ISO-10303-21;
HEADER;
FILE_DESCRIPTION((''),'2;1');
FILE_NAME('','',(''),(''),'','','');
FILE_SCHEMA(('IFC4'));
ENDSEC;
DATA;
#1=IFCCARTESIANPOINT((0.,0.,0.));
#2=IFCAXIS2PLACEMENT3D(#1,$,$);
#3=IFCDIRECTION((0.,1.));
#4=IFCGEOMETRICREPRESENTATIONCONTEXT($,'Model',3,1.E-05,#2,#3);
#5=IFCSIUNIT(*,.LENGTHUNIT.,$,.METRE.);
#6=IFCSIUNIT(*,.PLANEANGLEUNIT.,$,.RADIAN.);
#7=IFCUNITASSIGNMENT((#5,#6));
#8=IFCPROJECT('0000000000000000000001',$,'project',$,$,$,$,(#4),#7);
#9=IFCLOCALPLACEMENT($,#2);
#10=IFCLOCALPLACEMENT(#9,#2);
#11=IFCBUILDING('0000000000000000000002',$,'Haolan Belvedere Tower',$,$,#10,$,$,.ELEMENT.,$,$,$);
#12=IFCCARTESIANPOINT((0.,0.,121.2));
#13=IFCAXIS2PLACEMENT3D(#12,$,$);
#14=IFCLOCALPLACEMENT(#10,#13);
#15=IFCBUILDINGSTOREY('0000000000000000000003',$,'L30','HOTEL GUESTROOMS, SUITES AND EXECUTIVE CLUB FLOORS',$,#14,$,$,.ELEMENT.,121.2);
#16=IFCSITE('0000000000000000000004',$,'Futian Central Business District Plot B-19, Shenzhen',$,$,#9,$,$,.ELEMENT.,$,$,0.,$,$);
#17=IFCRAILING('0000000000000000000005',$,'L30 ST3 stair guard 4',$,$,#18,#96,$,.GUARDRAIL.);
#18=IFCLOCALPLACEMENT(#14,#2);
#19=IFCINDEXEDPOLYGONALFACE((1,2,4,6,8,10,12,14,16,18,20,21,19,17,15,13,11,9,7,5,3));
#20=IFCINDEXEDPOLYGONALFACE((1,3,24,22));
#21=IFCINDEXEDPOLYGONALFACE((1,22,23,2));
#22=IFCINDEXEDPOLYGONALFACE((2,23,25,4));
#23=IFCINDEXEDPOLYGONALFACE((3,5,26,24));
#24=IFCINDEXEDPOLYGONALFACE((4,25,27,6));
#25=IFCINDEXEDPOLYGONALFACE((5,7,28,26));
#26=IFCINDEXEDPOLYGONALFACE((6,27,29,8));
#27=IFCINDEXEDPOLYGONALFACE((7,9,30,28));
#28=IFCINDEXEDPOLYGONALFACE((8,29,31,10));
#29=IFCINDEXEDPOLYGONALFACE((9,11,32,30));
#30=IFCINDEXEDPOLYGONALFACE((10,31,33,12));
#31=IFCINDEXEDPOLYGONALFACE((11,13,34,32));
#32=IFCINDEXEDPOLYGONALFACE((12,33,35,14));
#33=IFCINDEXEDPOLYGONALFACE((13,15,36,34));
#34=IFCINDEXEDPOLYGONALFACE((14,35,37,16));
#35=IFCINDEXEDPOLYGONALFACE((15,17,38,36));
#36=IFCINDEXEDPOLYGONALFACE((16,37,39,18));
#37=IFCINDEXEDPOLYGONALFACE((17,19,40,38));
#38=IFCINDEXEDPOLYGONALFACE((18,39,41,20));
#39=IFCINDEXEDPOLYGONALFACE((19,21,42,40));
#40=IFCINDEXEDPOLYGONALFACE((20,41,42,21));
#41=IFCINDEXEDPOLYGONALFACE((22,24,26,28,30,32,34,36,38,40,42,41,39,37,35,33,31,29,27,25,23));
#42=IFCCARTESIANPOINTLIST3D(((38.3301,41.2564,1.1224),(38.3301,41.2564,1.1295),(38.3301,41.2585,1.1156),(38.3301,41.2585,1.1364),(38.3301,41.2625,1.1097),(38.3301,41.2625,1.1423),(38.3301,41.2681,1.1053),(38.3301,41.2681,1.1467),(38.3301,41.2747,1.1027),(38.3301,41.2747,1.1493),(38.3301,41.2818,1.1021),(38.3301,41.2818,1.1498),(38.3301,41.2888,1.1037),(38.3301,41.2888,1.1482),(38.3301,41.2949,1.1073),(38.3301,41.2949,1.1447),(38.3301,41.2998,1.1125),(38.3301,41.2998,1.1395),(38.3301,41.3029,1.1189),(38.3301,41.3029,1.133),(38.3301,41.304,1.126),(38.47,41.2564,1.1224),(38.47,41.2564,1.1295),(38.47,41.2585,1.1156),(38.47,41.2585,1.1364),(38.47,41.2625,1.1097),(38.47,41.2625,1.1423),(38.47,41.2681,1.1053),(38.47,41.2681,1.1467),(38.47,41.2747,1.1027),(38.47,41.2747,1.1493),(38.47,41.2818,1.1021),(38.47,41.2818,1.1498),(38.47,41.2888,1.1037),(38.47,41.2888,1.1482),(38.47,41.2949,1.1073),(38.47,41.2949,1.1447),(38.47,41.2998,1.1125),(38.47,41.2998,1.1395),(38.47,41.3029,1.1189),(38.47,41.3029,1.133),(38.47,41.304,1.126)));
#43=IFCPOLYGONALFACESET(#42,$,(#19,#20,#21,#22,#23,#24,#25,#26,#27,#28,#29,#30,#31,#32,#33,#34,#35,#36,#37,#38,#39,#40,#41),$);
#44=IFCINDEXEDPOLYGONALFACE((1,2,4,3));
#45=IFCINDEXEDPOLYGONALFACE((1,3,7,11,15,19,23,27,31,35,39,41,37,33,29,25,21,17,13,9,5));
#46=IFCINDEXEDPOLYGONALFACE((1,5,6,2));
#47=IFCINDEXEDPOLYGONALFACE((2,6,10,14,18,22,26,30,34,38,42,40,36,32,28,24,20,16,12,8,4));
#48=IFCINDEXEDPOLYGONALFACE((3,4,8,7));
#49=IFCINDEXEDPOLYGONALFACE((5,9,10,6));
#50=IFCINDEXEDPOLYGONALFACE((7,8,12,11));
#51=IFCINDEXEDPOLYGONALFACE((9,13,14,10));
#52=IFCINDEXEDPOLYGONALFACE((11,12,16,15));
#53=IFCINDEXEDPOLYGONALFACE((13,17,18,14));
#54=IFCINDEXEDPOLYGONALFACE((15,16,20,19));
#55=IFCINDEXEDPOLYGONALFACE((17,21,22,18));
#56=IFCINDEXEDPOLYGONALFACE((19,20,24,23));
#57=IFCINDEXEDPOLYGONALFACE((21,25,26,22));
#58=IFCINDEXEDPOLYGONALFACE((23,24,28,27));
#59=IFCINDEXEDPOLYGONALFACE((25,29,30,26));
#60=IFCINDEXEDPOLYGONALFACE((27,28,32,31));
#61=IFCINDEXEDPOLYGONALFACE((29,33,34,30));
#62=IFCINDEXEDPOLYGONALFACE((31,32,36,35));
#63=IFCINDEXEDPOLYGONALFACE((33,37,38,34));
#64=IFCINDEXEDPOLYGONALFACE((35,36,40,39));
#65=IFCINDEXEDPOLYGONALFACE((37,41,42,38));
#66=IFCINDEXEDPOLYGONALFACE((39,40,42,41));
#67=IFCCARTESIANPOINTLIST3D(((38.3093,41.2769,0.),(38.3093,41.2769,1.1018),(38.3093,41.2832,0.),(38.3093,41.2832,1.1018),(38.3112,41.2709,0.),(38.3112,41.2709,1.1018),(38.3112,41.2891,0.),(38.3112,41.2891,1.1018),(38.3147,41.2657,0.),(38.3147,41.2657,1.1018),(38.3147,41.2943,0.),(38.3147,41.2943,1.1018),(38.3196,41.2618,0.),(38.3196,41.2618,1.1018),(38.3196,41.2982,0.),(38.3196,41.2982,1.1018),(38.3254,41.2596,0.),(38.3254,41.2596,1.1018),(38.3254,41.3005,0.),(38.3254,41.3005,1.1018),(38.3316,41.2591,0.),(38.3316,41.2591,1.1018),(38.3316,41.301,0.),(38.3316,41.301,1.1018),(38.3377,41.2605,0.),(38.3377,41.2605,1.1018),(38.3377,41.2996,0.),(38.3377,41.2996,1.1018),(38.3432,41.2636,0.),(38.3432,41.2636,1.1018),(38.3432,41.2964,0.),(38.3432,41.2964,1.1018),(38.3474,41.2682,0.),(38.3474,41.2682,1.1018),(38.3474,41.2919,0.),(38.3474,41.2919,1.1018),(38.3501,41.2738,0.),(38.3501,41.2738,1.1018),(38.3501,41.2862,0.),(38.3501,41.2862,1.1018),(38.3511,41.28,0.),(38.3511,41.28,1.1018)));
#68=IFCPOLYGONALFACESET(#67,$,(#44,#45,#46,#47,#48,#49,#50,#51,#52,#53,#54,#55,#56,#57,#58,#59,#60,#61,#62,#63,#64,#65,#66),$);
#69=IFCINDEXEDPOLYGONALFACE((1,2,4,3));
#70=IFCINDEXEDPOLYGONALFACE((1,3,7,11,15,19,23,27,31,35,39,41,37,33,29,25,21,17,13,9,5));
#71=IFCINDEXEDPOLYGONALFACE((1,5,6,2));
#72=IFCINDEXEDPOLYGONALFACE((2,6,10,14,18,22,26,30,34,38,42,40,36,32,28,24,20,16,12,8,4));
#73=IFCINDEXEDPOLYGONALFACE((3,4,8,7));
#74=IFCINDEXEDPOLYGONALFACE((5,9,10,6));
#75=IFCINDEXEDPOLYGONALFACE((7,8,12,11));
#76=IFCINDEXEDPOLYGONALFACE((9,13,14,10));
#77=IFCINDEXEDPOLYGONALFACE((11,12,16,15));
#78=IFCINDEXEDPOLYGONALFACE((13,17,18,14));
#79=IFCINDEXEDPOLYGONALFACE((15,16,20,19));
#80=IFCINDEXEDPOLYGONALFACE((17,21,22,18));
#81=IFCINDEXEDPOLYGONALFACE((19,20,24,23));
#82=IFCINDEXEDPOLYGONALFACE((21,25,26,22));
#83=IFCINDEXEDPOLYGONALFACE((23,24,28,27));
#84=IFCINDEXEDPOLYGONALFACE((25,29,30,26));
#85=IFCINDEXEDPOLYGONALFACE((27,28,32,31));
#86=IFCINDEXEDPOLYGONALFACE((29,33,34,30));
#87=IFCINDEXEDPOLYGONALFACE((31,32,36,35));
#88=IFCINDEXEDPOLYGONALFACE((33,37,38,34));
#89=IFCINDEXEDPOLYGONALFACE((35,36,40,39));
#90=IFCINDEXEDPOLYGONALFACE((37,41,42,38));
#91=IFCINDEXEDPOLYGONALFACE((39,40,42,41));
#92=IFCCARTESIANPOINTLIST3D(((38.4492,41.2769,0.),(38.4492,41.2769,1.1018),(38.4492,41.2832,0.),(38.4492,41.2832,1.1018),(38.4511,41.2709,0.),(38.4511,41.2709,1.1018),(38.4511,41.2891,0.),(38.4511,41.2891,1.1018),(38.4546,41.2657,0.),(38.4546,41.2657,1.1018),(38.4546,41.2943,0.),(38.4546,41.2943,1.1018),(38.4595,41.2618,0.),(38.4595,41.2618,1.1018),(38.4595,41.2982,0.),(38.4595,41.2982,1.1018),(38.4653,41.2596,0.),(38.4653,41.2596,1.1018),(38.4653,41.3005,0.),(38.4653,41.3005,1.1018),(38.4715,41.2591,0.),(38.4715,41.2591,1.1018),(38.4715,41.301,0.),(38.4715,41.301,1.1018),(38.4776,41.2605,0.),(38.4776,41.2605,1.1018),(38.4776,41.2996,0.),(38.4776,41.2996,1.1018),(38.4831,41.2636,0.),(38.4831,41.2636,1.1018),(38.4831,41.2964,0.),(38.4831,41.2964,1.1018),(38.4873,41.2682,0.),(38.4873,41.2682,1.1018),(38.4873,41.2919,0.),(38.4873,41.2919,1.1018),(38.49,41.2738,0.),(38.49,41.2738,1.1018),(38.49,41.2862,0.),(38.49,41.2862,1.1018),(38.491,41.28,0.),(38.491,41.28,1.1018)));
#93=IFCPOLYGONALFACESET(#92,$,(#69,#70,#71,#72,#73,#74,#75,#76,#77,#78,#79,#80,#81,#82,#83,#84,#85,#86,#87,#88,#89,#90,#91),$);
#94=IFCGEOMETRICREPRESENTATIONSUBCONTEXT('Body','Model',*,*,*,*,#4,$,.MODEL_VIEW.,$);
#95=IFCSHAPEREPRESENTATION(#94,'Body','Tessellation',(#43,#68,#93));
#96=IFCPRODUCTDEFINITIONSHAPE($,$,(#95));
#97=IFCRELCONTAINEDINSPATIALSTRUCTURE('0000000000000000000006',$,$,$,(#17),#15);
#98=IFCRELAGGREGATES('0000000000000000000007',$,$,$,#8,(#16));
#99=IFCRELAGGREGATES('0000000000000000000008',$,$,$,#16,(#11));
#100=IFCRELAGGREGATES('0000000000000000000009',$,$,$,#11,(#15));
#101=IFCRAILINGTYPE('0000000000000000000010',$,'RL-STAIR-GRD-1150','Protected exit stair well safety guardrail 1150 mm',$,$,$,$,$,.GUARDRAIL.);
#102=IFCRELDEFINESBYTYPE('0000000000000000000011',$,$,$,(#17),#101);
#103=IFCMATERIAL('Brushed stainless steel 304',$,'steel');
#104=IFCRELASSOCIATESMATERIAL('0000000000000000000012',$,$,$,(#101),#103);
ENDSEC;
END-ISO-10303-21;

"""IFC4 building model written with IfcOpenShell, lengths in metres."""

from ifc_helpers import new_model, si_unit, direction, frame, origin, origin_2d, place, context, subcontext, project, spatial, circle, extrude, material, type_object, element, save


model = new_model("IFC4")

# Units and contexts
model_context = context("Model", 3, precision=1e-05, world=origin(), true_north=direction((0.0, 1.0)))
body_context = subcontext(model_context, "Body", "Model", "MODEL_VIEW")
ifc_project = project(units=[si_unit("LENGTHUNIT", "METRE"), si_unit("PLANEANGLEUNIT", "RADIAN")], contexts=[model_context])

# Site, building, storey
site_placement = place(None, origin())
site = spatial("IfcSite", under=ifc_project, at=site_placement, Name="Futian Central Business District Plot B-19, Shenzhen", CompositionType="ELEMENT", RefElevation=0.0)
building_placement = place(site_placement, origin())
building = spatial("IfcBuilding", under=site, at=building_placement, Name="Haolan Belvedere Tower", CompositionType="ELEMENT")
storey_placement = place(building_placement, frame((0.0, 0.0, 121.2)))
storey = spatial("IfcBuildingStorey", under=building, at=storey_placement, Name="L30", Description="HOTEL GUESTROOMS, SUITES AND EXECUTIVE CLUB FLOORS", CompositionType="ELEMENT", Elevation=121.2)

# Railing
ifc_material_1 = material(Name="Brushed stainless steel 304", Category="steel")
railing_type_1 = type_object("IfcRailingType", Name="RL-STAIR-GRD-1150", Description="Protected exit stair well safety guardrail 1150 mm", PredefinedType="GUARDRAIL", material=ifc_material_1)
railing_1_placement = place(storey_placement, frame((38.3301, 41.28, 0.0)))
element("IfcRailing", 1, at=railing_1_placement, inside=storey, type_object=railing_type_1, Name="L30 ST3 stair guard 4", PredefinedType="GUARDRAIL", context=body_context, shape_type="SweptSolid", body=[
    extrude(circle(Radius=0.0239, at=origin_2d()), frame((0.0, 0.0, 1.126), z_axis=(1.0, 0.0, 0.0), x_axis=(0.0, 1.0, 0.0)), (0.0, 0.0, 1.0), 0.1399),
    extrude(circle(Radius=0.021, at=origin_2d()), origin(), (0.0, 0.0, 1.0), 1.1018),
    extrude(circle(Radius=0.021, at=origin_2d()), frame((0.1399, 0.0, 0.0)), (0.0, 0.0, 1.0), 1.1018),
])

save(model, "model.ifc")
